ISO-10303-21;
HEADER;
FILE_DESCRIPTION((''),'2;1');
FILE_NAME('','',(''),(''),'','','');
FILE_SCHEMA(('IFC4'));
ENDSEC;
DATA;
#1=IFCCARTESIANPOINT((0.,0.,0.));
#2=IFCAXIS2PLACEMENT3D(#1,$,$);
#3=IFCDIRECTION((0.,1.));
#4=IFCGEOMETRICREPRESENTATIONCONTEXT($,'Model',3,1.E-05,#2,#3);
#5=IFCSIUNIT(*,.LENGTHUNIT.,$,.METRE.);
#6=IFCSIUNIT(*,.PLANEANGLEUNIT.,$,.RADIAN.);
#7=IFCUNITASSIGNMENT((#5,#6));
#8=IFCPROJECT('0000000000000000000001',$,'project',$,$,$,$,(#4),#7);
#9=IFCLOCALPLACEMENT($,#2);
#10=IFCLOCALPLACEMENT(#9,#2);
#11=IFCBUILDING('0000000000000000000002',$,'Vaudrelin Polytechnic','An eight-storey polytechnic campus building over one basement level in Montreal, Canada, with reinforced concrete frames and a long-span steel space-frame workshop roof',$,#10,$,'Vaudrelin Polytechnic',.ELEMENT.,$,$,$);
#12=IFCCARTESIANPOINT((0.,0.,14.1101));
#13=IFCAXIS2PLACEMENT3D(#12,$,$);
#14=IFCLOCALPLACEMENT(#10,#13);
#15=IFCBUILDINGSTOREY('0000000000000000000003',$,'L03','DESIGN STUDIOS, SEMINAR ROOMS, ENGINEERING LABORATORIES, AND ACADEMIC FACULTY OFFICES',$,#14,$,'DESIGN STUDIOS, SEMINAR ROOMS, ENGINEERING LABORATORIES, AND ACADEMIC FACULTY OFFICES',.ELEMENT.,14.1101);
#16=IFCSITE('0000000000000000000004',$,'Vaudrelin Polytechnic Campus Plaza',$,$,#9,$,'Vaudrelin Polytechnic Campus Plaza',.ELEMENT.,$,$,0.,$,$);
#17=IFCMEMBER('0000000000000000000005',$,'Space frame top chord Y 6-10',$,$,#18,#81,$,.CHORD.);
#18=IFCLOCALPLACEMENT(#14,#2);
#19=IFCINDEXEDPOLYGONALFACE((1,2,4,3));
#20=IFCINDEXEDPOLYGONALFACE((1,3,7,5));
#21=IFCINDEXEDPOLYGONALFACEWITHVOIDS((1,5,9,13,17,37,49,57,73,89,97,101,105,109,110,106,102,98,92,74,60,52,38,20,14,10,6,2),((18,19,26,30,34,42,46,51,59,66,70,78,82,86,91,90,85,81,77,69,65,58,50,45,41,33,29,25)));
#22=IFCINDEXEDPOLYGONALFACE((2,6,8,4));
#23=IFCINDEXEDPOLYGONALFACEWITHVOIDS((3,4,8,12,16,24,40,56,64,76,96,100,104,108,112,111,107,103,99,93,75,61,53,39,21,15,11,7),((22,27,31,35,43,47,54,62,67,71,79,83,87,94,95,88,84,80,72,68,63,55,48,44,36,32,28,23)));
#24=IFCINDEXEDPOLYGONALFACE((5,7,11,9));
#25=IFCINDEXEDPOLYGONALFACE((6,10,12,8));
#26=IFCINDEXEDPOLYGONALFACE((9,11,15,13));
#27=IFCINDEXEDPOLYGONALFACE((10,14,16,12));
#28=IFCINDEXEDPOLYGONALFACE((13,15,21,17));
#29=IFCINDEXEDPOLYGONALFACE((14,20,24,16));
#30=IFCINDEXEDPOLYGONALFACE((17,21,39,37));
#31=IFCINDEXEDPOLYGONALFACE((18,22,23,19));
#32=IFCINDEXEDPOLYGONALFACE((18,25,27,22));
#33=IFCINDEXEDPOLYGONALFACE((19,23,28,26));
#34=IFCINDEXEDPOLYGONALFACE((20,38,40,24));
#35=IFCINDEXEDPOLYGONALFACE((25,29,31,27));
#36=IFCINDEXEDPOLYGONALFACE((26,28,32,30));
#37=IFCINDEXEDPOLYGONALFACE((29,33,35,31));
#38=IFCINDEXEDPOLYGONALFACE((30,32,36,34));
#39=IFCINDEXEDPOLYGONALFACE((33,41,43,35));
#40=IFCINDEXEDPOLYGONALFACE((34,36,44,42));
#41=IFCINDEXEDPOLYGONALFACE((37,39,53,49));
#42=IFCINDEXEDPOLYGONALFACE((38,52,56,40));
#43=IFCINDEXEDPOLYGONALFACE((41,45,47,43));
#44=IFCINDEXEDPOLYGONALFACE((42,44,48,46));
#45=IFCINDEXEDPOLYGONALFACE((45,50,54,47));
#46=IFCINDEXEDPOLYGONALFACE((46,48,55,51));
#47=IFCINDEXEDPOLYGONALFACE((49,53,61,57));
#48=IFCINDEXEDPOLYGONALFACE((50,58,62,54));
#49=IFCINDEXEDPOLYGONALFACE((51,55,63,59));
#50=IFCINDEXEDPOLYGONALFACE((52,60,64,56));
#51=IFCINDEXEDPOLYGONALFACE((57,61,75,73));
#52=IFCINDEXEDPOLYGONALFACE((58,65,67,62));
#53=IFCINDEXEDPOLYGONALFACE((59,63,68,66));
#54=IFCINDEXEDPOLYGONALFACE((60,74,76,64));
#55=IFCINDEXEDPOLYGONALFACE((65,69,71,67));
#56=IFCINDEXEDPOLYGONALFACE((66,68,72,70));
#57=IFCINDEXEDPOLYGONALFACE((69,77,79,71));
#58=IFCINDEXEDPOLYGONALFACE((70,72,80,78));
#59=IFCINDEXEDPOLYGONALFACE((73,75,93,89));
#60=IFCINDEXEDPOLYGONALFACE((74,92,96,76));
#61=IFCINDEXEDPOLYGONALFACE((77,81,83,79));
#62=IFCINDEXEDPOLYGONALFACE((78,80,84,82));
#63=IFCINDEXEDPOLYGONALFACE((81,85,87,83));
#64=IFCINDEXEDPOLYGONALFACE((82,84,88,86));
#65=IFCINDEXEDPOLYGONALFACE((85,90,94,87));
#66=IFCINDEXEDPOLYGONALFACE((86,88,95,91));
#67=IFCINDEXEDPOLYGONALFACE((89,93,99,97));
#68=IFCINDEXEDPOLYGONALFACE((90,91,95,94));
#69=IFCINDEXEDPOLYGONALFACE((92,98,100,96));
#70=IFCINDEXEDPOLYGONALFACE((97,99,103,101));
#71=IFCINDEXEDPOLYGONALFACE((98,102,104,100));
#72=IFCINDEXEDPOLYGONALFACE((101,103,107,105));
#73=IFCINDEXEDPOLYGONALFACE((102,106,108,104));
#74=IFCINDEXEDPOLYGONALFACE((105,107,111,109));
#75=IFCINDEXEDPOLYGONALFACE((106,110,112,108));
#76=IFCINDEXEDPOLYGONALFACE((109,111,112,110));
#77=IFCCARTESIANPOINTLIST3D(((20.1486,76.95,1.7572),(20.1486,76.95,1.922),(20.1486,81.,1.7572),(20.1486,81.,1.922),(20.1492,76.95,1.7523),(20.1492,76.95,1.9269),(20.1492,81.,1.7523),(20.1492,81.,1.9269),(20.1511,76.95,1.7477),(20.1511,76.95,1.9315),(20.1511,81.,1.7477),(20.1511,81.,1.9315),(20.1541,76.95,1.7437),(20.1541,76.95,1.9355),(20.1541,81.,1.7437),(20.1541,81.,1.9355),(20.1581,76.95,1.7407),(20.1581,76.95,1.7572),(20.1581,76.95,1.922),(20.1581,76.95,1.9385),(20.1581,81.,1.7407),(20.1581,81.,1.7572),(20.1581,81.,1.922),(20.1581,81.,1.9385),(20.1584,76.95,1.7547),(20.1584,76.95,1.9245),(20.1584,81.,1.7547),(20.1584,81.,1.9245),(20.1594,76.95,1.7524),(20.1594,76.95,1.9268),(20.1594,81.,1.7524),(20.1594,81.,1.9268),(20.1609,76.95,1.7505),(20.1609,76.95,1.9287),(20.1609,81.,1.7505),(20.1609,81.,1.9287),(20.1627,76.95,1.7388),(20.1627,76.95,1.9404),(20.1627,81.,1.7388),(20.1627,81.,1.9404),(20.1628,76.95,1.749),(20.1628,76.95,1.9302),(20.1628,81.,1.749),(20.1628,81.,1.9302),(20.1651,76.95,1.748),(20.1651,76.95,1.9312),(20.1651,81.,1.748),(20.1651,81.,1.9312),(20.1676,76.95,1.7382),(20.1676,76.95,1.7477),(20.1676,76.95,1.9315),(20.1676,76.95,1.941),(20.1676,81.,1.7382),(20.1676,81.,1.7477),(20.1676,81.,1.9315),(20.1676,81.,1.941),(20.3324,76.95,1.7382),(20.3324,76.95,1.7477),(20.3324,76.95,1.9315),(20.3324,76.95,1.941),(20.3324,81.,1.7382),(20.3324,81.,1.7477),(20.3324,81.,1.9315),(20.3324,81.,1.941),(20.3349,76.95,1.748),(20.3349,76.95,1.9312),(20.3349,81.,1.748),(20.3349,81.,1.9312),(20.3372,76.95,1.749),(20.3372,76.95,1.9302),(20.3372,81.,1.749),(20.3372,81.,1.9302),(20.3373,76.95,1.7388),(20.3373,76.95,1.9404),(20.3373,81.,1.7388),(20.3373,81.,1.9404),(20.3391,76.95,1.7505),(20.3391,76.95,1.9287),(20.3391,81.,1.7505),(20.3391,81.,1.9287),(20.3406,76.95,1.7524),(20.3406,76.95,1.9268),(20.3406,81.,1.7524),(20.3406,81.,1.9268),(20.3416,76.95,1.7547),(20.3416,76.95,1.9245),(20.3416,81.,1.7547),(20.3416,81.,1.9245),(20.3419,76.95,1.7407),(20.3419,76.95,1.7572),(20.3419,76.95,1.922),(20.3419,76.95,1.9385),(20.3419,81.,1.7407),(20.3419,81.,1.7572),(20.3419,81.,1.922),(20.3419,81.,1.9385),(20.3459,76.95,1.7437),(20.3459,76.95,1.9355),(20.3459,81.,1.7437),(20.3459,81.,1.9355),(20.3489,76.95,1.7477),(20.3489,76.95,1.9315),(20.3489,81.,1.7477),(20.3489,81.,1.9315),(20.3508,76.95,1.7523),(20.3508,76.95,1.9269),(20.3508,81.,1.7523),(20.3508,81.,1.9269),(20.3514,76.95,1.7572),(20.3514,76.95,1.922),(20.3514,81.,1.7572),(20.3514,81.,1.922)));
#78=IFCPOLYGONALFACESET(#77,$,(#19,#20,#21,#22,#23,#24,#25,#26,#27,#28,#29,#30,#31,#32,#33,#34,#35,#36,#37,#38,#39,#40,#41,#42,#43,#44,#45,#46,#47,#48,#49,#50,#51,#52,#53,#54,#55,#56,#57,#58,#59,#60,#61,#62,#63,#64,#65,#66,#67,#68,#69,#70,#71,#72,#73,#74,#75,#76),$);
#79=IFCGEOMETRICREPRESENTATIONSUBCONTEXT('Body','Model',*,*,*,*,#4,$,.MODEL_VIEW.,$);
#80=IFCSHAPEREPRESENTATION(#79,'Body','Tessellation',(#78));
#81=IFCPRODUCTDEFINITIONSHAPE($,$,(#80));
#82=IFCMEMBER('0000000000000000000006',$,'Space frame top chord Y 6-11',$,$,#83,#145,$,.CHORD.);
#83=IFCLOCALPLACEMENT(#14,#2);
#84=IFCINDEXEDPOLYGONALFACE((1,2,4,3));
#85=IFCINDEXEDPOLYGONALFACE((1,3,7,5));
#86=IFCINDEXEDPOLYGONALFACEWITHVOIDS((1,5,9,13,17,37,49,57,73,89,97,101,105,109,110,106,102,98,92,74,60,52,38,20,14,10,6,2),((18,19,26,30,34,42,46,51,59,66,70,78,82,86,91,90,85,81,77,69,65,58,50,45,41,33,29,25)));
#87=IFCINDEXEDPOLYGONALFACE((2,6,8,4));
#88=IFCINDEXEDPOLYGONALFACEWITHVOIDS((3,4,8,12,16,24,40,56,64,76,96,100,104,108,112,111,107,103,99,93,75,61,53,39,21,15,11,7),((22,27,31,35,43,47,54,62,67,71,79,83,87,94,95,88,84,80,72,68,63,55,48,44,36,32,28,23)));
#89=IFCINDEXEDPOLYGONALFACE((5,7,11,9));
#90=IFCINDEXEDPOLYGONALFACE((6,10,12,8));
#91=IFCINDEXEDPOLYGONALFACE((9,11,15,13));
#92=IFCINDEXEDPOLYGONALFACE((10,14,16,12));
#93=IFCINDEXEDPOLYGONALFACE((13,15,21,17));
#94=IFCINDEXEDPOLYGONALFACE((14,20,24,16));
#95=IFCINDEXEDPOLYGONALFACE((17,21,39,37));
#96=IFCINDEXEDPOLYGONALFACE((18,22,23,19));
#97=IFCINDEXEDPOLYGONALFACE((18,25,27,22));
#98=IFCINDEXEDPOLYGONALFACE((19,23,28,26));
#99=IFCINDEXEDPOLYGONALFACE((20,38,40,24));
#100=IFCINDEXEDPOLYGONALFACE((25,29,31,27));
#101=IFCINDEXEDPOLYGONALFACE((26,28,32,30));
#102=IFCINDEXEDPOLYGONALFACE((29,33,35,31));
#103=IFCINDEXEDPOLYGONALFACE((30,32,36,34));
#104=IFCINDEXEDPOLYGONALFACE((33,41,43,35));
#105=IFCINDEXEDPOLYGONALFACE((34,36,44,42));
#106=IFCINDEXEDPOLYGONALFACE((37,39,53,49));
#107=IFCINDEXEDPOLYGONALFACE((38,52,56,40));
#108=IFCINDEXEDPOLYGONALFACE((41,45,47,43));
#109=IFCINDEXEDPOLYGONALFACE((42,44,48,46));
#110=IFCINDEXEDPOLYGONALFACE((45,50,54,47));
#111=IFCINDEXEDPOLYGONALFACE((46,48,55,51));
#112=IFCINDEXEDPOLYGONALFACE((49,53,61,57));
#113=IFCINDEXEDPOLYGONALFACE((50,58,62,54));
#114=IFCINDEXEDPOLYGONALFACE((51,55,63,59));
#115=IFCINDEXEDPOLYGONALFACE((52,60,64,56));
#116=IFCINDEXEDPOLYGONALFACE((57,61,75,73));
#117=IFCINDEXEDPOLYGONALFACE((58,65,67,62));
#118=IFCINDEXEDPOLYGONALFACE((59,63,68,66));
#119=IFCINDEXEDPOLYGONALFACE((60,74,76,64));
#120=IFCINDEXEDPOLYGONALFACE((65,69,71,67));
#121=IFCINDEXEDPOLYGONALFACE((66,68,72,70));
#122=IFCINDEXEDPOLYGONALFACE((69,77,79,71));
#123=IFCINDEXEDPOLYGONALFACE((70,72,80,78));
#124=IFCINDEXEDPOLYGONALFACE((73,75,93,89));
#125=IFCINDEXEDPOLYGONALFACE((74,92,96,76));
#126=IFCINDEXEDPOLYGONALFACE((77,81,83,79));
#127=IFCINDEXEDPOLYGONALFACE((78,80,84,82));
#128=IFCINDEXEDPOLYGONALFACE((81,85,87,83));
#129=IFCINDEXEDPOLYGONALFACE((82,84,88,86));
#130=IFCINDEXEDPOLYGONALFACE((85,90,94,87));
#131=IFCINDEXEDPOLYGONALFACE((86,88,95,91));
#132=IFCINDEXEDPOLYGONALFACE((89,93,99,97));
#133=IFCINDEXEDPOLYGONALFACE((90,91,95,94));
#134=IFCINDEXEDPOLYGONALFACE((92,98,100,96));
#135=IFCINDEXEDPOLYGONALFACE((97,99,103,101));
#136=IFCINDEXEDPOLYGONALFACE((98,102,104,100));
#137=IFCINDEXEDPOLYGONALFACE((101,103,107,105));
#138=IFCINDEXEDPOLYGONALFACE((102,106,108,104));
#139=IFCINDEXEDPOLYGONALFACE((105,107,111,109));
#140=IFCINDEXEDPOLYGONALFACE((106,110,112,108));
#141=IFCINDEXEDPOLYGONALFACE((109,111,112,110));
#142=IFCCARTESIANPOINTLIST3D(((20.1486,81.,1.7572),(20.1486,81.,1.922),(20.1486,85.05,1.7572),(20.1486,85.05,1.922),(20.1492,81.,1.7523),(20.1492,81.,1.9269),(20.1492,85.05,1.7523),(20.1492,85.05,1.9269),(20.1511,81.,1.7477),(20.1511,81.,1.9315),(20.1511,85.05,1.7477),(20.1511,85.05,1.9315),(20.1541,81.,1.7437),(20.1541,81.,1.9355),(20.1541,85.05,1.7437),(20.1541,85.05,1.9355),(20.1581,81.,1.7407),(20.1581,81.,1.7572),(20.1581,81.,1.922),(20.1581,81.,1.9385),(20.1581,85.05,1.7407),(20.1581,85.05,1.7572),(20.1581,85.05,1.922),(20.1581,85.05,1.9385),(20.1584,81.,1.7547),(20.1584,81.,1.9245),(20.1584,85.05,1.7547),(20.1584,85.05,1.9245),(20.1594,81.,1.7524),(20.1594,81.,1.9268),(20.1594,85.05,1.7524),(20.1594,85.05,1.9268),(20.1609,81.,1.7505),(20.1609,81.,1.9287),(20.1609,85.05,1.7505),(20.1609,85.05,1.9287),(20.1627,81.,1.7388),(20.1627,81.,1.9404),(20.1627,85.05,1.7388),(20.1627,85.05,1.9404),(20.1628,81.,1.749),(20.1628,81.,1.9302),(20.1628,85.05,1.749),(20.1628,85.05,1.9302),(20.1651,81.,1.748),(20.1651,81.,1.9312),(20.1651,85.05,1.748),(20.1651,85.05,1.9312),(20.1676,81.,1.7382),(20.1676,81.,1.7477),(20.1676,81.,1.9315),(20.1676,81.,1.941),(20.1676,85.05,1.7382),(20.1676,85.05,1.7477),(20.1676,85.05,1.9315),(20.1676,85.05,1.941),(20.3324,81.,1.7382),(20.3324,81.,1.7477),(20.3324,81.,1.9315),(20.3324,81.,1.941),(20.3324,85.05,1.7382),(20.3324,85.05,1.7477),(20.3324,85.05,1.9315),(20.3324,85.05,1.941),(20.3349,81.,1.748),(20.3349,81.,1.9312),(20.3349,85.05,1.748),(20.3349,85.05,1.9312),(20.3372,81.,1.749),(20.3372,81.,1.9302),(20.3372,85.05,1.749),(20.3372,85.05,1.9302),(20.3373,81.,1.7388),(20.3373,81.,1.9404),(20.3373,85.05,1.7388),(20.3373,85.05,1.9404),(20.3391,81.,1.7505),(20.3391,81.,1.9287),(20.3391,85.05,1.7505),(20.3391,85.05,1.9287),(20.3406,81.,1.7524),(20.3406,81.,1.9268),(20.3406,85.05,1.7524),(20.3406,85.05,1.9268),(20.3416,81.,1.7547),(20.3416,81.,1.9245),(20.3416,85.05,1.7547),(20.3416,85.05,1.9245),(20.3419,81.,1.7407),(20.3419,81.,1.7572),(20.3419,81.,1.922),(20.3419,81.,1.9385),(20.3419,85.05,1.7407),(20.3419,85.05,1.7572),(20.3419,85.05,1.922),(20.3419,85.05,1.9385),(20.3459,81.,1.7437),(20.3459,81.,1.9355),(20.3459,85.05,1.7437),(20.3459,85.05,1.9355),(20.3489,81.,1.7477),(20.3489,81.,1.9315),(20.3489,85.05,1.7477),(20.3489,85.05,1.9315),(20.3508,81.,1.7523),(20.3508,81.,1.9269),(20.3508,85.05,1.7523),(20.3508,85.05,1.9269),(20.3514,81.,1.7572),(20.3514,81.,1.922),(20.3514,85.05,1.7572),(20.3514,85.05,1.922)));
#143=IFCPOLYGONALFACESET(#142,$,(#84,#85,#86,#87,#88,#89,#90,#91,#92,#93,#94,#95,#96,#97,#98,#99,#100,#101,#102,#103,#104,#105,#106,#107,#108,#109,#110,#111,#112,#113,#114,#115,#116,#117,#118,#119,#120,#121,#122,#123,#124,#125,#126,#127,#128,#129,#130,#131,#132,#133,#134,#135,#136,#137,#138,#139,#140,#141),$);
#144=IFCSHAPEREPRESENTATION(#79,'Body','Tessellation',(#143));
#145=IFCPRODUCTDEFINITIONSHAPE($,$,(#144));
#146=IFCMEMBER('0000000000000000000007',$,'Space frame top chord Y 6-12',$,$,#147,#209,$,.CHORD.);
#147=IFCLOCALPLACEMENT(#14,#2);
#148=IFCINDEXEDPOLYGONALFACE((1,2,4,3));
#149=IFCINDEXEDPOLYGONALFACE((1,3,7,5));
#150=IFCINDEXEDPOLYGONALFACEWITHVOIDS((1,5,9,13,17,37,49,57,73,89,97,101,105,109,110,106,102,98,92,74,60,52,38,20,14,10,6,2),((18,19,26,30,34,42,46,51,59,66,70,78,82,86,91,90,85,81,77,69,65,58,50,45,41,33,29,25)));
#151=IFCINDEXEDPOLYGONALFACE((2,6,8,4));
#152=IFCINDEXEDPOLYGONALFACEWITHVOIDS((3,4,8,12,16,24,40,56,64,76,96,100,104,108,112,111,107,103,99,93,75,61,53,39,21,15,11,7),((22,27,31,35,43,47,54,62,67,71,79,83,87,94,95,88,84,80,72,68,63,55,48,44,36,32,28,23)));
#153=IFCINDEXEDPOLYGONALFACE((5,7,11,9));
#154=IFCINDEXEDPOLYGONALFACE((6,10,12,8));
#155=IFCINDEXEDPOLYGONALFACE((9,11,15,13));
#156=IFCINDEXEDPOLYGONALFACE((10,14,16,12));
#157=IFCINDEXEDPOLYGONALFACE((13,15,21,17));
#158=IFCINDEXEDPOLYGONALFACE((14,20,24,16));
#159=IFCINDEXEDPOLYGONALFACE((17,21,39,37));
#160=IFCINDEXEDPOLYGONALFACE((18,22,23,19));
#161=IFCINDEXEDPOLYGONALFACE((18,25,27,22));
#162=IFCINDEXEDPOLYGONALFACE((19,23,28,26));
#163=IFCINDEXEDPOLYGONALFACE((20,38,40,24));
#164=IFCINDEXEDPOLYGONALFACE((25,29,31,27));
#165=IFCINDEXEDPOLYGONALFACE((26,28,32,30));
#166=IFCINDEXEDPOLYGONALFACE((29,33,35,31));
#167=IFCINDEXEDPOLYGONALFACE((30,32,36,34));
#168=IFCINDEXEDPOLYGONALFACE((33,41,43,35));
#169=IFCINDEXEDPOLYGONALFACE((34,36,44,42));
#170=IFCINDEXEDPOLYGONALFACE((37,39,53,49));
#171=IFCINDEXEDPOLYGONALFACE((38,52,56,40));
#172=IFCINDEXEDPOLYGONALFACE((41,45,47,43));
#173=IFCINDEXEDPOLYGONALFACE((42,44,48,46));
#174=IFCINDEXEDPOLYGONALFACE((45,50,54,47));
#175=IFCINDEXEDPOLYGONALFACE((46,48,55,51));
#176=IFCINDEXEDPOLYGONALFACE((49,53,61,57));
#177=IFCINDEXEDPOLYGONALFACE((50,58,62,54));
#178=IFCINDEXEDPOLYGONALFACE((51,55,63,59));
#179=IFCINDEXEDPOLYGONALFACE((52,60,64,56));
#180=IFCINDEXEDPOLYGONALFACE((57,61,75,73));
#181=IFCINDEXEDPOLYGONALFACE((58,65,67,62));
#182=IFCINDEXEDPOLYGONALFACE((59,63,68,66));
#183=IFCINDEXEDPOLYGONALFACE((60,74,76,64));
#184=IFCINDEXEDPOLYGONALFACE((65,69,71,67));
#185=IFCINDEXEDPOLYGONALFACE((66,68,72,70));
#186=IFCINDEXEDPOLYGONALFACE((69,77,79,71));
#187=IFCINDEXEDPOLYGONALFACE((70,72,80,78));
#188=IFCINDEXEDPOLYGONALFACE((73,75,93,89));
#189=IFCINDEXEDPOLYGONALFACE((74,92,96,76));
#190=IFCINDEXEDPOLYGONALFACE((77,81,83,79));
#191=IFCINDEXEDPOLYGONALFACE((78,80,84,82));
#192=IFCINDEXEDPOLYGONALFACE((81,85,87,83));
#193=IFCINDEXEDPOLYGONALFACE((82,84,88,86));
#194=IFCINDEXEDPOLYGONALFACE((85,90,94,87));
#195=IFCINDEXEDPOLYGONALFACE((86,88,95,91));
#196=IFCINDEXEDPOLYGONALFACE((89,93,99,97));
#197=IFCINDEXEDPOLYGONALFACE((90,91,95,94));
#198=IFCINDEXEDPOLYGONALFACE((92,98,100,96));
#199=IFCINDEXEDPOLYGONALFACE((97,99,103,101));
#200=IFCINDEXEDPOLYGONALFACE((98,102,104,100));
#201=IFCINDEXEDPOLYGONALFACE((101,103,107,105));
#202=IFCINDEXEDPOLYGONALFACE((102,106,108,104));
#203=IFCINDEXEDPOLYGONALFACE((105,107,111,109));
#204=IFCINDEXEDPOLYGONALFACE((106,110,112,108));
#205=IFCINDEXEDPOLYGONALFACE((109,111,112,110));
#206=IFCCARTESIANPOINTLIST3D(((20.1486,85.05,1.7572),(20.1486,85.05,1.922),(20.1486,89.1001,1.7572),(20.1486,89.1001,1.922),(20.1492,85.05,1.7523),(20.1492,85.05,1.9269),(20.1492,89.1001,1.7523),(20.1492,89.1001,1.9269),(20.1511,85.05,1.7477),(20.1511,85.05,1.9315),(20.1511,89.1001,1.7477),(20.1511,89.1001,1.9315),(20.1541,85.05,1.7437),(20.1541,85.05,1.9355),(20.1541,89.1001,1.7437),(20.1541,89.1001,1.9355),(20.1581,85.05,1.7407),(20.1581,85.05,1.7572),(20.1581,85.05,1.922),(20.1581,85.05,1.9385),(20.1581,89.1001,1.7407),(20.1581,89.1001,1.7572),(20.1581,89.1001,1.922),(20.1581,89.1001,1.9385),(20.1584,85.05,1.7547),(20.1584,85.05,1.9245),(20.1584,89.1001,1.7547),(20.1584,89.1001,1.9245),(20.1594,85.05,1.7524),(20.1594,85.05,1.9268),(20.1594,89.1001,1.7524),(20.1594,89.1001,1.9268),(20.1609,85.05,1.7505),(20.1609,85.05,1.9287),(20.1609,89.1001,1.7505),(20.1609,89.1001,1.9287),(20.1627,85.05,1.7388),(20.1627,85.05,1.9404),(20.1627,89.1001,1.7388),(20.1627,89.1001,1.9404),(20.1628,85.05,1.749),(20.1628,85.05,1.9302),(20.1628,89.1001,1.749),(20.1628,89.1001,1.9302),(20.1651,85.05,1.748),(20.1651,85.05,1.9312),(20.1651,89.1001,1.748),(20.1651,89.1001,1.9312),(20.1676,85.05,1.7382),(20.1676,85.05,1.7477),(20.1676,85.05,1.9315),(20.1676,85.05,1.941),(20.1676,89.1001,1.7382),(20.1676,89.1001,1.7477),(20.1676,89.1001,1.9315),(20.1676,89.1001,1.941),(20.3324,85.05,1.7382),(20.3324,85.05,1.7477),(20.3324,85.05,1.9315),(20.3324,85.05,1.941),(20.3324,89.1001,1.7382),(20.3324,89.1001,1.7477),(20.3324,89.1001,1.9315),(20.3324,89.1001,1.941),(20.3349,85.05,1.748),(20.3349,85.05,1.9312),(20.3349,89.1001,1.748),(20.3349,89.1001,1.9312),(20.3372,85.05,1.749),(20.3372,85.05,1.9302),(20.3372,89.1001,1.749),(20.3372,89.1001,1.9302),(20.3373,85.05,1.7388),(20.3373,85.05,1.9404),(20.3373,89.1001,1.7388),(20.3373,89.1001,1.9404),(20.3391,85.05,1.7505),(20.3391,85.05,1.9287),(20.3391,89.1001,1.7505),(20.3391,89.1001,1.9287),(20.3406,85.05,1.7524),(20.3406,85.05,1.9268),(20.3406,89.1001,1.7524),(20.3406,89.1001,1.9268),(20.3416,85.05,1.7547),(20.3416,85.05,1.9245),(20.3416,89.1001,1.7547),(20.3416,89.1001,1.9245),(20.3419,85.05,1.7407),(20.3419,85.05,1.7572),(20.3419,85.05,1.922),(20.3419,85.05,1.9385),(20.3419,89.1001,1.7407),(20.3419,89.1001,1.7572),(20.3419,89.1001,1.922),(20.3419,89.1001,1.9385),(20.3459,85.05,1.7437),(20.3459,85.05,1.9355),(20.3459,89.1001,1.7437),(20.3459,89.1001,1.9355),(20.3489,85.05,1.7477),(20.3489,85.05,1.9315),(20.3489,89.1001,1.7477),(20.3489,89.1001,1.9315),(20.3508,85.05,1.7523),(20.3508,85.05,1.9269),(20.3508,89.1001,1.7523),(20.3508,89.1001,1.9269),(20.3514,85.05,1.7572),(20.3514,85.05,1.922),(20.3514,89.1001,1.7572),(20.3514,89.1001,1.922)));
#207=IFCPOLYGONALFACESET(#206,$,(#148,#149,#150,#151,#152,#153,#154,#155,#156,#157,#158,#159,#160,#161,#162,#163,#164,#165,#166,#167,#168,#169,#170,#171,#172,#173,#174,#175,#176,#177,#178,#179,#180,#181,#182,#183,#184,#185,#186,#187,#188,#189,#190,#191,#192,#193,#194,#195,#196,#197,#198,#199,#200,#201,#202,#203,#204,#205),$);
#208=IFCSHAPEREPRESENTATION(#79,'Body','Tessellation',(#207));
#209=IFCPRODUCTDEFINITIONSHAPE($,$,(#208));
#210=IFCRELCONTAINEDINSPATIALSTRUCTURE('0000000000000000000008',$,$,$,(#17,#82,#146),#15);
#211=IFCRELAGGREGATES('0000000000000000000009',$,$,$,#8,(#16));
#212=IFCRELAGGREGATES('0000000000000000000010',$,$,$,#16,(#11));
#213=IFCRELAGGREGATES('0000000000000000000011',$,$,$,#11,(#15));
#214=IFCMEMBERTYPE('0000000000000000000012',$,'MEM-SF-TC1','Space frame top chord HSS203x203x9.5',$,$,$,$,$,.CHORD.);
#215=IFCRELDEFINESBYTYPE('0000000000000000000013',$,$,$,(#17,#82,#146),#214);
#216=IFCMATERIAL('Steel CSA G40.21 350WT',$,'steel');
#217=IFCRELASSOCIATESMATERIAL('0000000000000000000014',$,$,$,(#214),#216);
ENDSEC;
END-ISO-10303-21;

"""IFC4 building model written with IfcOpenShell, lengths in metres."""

from ifc_helpers import new_model, si_unit, direction, frame, origin, origin_2d, place, context, subcontext, project, spatial, hollow_rectangle, extrude, material, material_profile, profile_set, type_object, element, save


model = new_model("IFC4")

# Units and contexts
model_context = context("Model", 3, precision=1e-05, world=origin(), true_north=direction((0.0, 1.0)))
body_context = subcontext(model_context, "Body", "Model", "MODEL_VIEW")
ifc_project = project(units=[si_unit("LENGTHUNIT", "METRE"), si_unit("PLANEANGLEUNIT", "RADIAN")], contexts=[model_context])

# Site, building, storey
site_placement = place(None, origin())
site = spatial("IfcSite", under=ifc_project, at=site_placement, Name="Vaudrelin Polytechnic Campus Plaza", LongName="Vaudrelin Polytechnic Campus Plaza", CompositionType="ELEMENT", RefElevation=0.0)
building_placement = place(site_placement, origin())
building = spatial("IfcBuilding", under=site, at=building_placement, Name="Vaudrelin Polytechnic", Description="An eight-storey polytechnic campus building over one basement level in Montreal, Canada, with reinforced concrete frames and a long-span steel space-frame workshop roof", LongName="Vaudrelin Polytechnic", CompositionType="ELEMENT")
storey_placement = place(building_placement, frame((0.0, 0.0, 14.1101)))
storey = spatial("IfcBuildingStorey", under=building, at=storey_placement, Name="L03", Description="DESIGN STUDIOS, SEMINAR ROOMS, ENGINEERING LABORATORIES, AND ACADEMIC FACULTY OFFICES", LongName="DESIGN STUDIOS, SEMINAR ROOMS, ENGINEERING LABORATORIES, AND ACADEMIC FACULTY OFFICES", CompositionType="ELEMENT", Elevation=14.1101)

# Members
ifc_material = material(Name="Steel CSA G40.21 350WT", Category="steel")
ifc_material_profile_1 = material_profile(ifc_material, hollow_rectangle(XDim=0.2029, YDim=0.2029, WallThickness=0.0095, InnerFilletRadius=0.0095, OuterFilletRadius=0.019, at=origin_2d()), Name="HSS203x203x9.5")
ifc_profile_set_1 = profile_set([ifc_material_profile_1], Name="Steel CSA G40.21 350WT")
member_type_1 = type_object("IfcMemberType", Name="MEM-SF-TC1", Description="Space frame top chord HSS203x203x9.5", PredefinedType="CHORD", material=ifc_profile_set_1)
for number, where, z_axis, x_axis, name in (
    (1, (20.25, 76.95, 1.8396), (0.0, 1.0, 0.0), (-1.0, 0.0, 0.0), "Space frame top chord Y 6-10"),
    (2, (20.25, 81.0, 1.8396), (0.0, 1.0, 0.0), (-1.0, 0.0, 0.0), "Space frame top chord Y 6-11"),
    (3, (20.25, 85.05, 1.8396), (0.0, 1.0, 0.0), (-1.0, 0.0, 0.0), "Space frame top chord Y 6-12"),
):
    element("IfcMember", number, at=place(storey_placement, frame(where, z_axis=z_axis, x_axis=x_axis)), inside=storey, type_object=member_type_1, Name=name, PredefinedType="CHORD", context=body_context, shape_type="SweptSolid", body=[
        extrude(hollow_rectangle(XDim=0.2029, YDim=0.2029, WallThickness=0.0095, InnerFilletRadius=0.0095, OuterFilletRadius=0.019, at=origin_2d()), origin(), (0.0, 0.0, 1.0), 4.05),
    ])

save(model, "model.ifc")
